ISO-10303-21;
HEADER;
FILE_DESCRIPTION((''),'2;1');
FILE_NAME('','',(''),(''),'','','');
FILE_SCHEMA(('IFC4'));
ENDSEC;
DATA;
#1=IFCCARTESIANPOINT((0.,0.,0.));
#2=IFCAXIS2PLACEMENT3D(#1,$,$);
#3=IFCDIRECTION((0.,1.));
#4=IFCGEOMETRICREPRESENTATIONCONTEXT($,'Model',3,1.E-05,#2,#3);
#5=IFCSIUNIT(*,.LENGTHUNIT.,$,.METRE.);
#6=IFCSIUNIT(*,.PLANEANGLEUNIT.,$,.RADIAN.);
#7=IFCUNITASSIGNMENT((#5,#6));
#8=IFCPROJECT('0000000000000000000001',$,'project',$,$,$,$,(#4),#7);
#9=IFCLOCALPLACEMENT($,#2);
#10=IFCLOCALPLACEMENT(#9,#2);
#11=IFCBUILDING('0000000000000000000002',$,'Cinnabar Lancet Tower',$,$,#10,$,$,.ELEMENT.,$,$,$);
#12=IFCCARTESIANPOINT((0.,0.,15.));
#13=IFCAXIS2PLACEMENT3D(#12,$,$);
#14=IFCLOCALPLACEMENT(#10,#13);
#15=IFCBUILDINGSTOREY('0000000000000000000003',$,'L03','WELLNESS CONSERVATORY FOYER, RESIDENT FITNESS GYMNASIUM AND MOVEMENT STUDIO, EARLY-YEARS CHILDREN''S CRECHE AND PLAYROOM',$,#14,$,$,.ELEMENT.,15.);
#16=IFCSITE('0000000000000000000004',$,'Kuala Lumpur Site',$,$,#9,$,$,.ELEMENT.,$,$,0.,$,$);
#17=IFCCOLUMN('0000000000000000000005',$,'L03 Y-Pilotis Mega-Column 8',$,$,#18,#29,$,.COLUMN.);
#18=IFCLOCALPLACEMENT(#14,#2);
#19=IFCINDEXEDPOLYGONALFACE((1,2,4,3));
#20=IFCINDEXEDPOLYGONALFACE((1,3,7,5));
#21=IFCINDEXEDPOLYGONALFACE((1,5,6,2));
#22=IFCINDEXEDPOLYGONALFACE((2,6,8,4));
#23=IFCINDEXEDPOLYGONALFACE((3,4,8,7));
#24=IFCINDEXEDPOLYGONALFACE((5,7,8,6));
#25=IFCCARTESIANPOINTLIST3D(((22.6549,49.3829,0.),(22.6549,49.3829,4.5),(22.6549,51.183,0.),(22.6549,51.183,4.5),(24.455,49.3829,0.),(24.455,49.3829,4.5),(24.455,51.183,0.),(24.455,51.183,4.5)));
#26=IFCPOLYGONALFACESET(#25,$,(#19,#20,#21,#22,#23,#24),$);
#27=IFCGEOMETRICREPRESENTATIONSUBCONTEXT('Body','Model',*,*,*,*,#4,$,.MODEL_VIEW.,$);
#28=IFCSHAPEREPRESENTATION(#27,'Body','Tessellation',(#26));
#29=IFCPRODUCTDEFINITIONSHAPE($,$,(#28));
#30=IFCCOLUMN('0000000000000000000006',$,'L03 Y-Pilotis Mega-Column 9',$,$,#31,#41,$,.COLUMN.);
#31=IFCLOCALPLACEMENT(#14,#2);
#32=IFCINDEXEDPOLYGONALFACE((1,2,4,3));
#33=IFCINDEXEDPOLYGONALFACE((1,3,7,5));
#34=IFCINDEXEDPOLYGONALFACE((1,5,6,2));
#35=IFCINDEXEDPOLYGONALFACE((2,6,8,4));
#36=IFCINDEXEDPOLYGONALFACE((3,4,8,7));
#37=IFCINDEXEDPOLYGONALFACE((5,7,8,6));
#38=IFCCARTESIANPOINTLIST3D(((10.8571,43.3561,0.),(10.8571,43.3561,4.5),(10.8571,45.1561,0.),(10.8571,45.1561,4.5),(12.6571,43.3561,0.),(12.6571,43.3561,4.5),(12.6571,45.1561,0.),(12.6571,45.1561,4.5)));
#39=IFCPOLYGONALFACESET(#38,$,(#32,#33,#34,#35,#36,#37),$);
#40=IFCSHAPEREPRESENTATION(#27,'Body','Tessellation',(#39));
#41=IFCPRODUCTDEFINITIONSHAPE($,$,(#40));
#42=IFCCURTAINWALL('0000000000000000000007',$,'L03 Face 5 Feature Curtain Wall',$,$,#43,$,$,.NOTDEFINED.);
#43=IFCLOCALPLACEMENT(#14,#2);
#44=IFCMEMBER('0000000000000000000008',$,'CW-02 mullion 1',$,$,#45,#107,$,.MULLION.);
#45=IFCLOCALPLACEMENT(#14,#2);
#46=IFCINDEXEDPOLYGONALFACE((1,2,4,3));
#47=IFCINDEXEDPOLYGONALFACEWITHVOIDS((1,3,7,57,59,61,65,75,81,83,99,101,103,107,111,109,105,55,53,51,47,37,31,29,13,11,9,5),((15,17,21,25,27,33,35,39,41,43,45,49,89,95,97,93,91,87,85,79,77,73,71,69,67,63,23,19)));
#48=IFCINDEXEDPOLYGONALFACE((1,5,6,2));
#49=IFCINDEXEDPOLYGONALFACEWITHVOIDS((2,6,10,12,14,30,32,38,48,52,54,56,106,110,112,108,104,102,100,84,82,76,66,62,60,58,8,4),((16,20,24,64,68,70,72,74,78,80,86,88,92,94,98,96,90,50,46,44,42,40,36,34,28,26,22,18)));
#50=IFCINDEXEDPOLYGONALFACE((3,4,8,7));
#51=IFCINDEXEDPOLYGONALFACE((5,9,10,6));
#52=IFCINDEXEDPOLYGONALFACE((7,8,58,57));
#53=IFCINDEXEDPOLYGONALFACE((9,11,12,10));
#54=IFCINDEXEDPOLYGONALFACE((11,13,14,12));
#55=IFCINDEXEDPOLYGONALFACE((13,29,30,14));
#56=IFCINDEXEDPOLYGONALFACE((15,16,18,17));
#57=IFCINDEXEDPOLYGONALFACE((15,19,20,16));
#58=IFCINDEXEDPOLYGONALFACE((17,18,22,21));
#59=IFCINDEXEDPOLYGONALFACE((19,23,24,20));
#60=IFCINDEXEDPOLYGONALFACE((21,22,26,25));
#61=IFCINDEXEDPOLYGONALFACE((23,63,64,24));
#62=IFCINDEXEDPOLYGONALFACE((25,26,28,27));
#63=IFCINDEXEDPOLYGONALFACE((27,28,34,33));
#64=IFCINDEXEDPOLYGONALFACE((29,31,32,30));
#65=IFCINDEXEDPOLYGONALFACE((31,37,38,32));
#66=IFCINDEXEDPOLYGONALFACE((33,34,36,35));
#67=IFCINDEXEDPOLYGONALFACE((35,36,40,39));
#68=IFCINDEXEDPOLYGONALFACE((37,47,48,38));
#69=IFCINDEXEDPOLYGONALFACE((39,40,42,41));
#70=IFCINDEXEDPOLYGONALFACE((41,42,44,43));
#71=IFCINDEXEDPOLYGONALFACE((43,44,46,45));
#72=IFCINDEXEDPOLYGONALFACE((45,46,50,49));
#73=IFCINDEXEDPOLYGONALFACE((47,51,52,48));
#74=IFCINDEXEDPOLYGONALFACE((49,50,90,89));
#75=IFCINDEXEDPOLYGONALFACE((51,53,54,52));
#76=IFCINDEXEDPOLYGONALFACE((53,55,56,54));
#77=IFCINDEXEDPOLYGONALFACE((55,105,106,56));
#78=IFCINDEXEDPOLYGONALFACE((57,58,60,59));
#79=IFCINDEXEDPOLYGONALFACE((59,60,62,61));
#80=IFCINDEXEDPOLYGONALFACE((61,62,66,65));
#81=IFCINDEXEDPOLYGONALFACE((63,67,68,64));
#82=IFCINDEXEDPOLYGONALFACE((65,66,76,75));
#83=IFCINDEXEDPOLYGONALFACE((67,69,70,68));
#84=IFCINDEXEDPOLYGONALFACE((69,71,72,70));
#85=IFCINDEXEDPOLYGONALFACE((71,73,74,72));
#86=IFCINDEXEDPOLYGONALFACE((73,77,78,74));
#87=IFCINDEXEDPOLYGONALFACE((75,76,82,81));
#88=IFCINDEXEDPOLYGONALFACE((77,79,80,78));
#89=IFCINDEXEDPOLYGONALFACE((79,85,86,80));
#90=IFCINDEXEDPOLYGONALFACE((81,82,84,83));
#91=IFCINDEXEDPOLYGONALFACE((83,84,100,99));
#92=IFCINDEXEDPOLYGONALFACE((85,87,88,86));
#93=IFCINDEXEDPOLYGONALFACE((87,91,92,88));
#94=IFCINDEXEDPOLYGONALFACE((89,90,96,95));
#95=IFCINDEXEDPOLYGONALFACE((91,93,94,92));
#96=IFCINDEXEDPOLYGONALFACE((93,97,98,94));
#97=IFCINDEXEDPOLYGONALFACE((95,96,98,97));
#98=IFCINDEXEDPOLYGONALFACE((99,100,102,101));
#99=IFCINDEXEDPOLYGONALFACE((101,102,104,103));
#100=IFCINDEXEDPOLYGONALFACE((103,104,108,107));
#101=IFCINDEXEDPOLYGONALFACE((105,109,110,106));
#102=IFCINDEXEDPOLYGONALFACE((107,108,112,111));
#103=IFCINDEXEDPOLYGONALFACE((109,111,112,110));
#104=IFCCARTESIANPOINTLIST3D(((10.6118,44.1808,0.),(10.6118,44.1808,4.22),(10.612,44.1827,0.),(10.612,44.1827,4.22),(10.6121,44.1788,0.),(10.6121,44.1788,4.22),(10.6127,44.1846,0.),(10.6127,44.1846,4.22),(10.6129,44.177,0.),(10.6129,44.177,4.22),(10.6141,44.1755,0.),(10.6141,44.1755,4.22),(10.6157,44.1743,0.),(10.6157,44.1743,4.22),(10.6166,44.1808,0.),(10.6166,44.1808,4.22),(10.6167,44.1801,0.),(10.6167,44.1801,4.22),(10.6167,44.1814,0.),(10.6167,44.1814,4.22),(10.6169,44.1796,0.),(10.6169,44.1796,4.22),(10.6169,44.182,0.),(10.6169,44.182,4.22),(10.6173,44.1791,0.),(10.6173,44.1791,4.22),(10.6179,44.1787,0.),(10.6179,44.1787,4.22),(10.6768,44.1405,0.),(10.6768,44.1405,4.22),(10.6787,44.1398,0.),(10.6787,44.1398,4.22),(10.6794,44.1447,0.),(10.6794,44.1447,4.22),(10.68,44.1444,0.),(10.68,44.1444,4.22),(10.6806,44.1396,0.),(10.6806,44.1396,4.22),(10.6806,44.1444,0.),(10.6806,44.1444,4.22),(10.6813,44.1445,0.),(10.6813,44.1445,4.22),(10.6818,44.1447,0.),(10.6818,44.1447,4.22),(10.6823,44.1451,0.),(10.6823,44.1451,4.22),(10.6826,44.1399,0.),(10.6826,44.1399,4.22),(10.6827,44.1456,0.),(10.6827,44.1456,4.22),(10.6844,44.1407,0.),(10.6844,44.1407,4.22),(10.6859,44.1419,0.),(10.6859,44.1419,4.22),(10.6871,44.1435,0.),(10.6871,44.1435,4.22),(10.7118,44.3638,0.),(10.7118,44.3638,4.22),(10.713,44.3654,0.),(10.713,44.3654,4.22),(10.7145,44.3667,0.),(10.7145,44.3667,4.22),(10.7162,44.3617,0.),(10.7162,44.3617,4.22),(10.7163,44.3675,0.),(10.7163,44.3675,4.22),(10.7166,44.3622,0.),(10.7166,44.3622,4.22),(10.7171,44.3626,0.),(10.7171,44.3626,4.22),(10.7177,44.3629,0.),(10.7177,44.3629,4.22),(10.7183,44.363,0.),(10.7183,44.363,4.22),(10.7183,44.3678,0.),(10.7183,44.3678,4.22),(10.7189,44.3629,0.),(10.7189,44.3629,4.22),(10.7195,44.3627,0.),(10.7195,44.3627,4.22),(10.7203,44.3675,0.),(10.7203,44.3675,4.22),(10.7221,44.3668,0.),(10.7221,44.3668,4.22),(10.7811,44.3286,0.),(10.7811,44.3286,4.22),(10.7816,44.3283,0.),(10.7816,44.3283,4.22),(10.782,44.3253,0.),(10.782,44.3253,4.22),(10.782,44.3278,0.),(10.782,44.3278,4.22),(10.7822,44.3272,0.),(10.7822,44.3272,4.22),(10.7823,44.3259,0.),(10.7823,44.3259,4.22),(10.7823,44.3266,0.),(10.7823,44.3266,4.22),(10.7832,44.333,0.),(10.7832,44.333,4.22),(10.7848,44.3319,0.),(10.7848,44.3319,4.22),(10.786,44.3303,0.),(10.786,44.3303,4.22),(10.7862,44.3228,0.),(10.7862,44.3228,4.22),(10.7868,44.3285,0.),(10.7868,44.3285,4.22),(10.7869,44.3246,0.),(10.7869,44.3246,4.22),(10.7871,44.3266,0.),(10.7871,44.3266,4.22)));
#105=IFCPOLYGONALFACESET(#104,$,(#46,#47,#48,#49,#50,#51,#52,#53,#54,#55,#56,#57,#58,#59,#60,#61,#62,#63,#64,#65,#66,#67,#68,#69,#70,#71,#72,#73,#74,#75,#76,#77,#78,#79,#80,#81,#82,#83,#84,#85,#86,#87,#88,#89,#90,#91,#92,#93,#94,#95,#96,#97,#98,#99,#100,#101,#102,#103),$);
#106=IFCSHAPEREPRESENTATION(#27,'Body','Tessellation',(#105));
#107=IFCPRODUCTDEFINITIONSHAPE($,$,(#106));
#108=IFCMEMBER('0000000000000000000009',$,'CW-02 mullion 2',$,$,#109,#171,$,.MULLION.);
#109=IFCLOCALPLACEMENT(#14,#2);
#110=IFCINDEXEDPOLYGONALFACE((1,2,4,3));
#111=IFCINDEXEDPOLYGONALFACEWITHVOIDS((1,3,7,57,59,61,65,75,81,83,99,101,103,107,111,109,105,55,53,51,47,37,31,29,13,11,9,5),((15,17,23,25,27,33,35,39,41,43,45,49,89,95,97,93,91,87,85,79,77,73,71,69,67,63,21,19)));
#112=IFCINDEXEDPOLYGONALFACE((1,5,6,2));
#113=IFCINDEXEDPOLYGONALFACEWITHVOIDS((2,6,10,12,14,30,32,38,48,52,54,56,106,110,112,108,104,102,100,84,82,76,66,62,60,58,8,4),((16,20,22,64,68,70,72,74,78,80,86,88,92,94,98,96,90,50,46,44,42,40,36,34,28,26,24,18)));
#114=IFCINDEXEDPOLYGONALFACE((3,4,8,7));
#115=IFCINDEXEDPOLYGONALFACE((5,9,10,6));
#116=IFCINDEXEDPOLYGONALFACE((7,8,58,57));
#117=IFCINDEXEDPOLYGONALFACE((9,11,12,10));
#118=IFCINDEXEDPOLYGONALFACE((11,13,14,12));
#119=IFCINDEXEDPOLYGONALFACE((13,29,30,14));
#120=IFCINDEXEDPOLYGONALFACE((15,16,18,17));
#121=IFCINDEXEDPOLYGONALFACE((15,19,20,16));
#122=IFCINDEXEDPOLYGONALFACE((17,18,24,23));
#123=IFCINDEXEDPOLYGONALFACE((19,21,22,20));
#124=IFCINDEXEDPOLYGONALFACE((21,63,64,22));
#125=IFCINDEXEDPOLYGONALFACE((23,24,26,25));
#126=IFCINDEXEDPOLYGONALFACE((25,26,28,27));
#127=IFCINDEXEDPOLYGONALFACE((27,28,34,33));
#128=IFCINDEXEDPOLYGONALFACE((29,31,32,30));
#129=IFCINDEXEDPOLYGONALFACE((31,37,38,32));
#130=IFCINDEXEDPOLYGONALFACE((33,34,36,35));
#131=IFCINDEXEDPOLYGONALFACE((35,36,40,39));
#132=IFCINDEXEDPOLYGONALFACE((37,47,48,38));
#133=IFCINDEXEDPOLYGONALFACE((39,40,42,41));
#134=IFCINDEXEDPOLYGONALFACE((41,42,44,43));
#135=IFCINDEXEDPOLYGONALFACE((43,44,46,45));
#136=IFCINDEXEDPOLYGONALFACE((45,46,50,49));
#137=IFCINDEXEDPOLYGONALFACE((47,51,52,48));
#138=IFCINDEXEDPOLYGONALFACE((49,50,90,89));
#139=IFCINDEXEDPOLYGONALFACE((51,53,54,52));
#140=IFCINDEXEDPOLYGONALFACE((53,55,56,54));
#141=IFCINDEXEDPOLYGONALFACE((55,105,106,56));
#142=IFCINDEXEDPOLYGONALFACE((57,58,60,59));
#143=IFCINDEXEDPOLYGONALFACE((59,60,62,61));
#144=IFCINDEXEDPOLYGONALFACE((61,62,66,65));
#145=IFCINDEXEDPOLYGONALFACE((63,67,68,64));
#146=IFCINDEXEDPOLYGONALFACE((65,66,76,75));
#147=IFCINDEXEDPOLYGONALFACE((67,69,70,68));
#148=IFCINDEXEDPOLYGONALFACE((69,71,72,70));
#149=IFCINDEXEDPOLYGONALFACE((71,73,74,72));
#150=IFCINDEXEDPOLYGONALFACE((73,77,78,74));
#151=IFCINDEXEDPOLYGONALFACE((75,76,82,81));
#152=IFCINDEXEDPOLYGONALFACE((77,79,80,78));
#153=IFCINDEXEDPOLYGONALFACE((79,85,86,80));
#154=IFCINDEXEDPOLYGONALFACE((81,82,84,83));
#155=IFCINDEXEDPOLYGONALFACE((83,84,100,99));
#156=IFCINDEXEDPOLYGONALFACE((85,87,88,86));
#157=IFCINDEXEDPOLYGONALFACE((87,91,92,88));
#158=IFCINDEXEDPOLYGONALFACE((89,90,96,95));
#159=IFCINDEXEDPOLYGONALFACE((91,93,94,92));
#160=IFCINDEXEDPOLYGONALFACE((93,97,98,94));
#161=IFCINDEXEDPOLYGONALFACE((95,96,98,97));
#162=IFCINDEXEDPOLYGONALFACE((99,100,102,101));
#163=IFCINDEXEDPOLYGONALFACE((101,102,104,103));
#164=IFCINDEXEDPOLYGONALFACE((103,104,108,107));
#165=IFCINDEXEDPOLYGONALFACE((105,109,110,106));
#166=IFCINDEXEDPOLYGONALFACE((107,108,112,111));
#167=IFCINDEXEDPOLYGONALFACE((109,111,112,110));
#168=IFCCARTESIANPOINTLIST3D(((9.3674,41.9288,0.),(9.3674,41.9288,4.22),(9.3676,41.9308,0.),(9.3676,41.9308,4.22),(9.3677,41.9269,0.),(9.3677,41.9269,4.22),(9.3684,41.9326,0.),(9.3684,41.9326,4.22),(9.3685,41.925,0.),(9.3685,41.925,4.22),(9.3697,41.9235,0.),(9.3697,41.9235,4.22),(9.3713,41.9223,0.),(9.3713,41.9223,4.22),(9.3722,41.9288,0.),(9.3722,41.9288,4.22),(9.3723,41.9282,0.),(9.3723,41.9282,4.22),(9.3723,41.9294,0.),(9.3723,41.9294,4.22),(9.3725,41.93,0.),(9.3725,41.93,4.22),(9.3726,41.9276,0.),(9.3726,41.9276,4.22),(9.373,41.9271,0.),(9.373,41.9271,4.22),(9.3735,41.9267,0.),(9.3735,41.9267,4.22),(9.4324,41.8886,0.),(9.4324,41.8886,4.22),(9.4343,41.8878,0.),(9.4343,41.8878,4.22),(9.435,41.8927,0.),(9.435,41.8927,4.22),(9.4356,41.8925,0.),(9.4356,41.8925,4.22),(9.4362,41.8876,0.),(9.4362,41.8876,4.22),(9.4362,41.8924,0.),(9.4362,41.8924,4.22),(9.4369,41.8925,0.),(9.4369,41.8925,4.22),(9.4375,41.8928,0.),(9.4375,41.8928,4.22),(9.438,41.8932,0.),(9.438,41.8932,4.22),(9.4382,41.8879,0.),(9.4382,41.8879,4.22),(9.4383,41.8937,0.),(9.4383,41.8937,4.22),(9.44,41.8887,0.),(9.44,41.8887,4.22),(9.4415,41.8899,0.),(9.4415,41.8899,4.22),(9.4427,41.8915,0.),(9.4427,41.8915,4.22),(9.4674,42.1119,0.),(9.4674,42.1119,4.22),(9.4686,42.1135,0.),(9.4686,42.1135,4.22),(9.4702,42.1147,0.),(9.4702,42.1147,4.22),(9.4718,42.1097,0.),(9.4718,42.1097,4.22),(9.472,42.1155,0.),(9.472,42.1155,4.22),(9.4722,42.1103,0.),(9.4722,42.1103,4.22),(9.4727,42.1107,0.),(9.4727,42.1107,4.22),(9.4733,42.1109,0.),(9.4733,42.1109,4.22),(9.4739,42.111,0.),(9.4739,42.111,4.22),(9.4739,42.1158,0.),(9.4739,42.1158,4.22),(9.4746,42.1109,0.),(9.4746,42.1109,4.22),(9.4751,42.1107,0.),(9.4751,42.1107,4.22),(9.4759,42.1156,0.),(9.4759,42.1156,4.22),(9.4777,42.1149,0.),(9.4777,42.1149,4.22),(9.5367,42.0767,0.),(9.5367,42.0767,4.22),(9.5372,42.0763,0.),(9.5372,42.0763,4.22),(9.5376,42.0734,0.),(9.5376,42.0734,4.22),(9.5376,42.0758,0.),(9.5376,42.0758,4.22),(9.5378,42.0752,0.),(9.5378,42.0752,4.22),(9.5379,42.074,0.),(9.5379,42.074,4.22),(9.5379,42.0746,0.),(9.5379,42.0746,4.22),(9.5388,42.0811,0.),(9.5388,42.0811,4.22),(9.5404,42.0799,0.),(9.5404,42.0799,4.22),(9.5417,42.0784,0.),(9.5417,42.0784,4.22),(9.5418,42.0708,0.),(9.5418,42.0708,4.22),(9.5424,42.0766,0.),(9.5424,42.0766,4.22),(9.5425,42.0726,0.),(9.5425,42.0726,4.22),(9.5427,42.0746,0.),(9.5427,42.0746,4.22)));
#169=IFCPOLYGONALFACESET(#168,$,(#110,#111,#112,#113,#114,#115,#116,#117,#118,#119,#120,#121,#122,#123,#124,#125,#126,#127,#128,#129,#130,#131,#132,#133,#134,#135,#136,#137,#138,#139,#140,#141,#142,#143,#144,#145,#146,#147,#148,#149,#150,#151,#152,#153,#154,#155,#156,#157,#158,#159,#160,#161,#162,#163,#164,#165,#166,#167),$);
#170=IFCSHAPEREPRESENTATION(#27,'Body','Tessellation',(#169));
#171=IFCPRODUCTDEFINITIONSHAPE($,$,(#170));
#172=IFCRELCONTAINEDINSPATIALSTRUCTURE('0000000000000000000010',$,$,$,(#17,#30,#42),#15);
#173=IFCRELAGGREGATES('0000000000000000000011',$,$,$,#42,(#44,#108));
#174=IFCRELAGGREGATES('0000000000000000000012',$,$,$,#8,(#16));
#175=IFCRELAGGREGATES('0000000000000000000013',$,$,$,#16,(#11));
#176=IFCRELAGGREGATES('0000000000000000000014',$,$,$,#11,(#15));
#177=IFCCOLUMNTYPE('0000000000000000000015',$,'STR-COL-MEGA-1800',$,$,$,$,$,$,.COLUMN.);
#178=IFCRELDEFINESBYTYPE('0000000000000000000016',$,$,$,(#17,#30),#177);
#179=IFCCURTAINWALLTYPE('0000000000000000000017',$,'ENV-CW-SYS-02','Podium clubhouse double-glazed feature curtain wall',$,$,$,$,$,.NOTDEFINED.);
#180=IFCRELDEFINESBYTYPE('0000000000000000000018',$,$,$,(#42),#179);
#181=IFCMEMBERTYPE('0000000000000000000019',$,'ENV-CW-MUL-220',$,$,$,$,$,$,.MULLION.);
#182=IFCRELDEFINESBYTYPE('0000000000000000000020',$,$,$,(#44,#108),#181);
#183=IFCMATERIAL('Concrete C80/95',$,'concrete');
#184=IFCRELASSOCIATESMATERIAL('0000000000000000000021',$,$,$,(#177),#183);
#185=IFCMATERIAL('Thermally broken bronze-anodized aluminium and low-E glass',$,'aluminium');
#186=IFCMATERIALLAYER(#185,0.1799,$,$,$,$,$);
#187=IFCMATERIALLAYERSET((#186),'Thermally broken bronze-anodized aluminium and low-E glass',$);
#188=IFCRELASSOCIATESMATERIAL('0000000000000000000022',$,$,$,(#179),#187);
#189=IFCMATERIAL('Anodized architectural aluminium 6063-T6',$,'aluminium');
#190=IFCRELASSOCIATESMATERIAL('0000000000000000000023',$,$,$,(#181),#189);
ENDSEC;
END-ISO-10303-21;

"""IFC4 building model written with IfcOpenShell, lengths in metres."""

from ifc_helpers import new_model, si_unit, direction, frame, origin, origin_2d, place, context, subcontext, project, spatial, rectangle, hollow_rectangle, extrude, material, layer, layer_set, material_profile, profile_set, type_object, element, aggregate, save


model = new_model("IFC4")

# Units and contexts
model_context = context("Model", 3, precision=1e-05, world=origin(), true_north=direction((0.0, 1.0)))
body_context = subcontext(model_context, "Body", "Model", "MODEL_VIEW")
ifc_project = project(units=[si_unit("LENGTHUNIT", "METRE"), si_unit("PLANEANGLEUNIT", "RADIAN")], contexts=[model_context])

# Site, building, storey
site_placement = place(None, origin())
site = spatial("IfcSite", under=ifc_project, at=site_placement, Name="Kuala Lumpur Site", CompositionType="ELEMENT", RefElevation=0.0)
building_placement = place(site_placement, origin())
building = spatial("IfcBuilding", under=site, at=building_placement, Name="Cinnabar Lancet Tower", CompositionType="ELEMENT")
storey_placement = place(building_placement, frame((0.0, 0.0, 15.0)))
storey = spatial("IfcBuildingStorey", under=building, at=storey_placement, Name="L03", Description="WELLNESS CONSERVATORY FOYER, RESIDENT FITNESS GYMNASIUM AND MOVEMENT STUDIO, EARLY-YEARS CHILDREN'S CRECHE AND PLAYROOM", CompositionType="ELEMENT", Elevation=15.0)

# Columns
ifc_material_1 = material(Name="Concrete C80/95", Category="concrete")
ifc_material_profile_1 = material_profile(ifc_material_1, rectangle(XDim=1.8, YDim=1.8, at=origin_2d()), Name="RC-MEGA 1800x1800")
ifc_profile_set_1 = profile_set([ifc_material_profile_1], Name="Concrete C80/95")
column_type = type_object("IfcColumnType", Name="STR-COL-MEGA-1800", PredefinedType="COLUMN", material=ifc_profile_set_1)
for number, where, z_axis, x_axis, name in (
    (1, (23.5549, 50.283, 0.0), (0.0, 0.0, 1.0), (1.0, 0.0, 0.0), "L03 Y-Pilotis Mega-Column 8"),
    (2, (11.7571, 44.2561, 0.0), (0.0, 0.0, 1.0), (1.0, 0.0, 0.0), "L03 Y-Pilotis Mega-Column 9"),
):
    element("IfcColumn", number, at=place(storey_placement, frame(where, z_axis=z_axis, x_axis=x_axis)), inside=storey, type_object=column_type, Name=name, PredefinedType="COLUMN", context=body_context, shape_type="SweptSolid", body=[
        extrude(rectangle(XDim=1.8, YDim=1.8, at=origin_2d()), origin(), (0.0, 0.0, 1.0), 4.5),
    ])

# Curtain wall, members
ifc_material_2 = material(Name="Thermally broken bronze-anodized aluminium and low-E glass", Category="aluminium")
ifc_layer_1 = layer(ifc_material_2, 0.1799)
ifc_layer_set_1 = layer_set([ifc_layer_1], Name="Thermally broken bronze-anodized aluminium and low-E glass")
curtain_wall_type = type_object("IfcCurtainWallType", Name="ENV-CW-SYS-02", Description="Podium clubhouse double-glazed feature curtain wall", PredefinedType="NOTDEFINED", material=ifc_layer_set_1)
curtain_wall_placement = place(storey_placement, origin())
curtain_wall = element("IfcCurtainWall", 3, at=curtain_wall_placement, inside=storey, type_object=curtain_wall_type, Name="L03 Face 5 Feature Curtain Wall", PredefinedType="NOTDEFINED")
ifc_material_3 = material(Name="Anodized architectural aluminium 6063-T6", Category="aluminium")
ifc_material_profile_2 = material_profile(ifc_material_3, hollow_rectangle(XDim=0.085, YDim=0.22, WallThickness=0.0049, InnerFilletRadius=0.0024, OuterFilletRadius=0.0076, at=origin_2d()), Name="CW-MUL 220x85x5")
ifc_profile_set_2 = profile_set([ifc_material_profile_2], Name="Anodized architectural aluminium 6063-T6")
member_type_1 = type_object("IfcMemberType", Name="ENV-CW-MUL-220", PredefinedType="MULLION", material=ifc_profile_set_2)
member_1_placement = place(storey_placement, frame((10.6995, 44.2537, 0.0), z_axis=(0.0, 0.0, 1.0), x_axis=(0.875242, -0.483685, 0.0)))
member_1 = element("IfcMember", 4, at=member_1_placement, type_object=member_type_1, Name="CW-02 mullion 1", PredefinedType="MULLION", context=body_context, shape_type="SweptSolid", body=[
    extrude(hollow_rectangle(XDim=0.085, YDim=0.22, WallThickness=0.0049, InnerFilletRadius=0.0024, OuterFilletRadius=0.0076, at=origin_2d()), origin(), (0.0, 0.0, 1.0), 4.22),
])
member_2_placement = place(storey_placement, frame((9.4551, 42.0017, 0.0), z_axis=(0.0, 0.0, 1.0), x_axis=(0.875242, -0.483685, 0.0)))
member_2 = element("IfcMember", 5, at=member_2_placement, type_object=member_type_1, Name="CW-02 mullion 2", PredefinedType="MULLION", context=body_context, shape_type="SweptSolid", body=[
    extrude(hollow_rectangle(XDim=0.085, YDim=0.22, WallThickness=0.0049, InnerFilletRadius=0.0024, OuterFilletRadius=0.0076, at=origin_2d()), origin(), (0.0, 0.0, 1.0), 4.22),
])

aggregate(curtain_wall, [member_1, member_2])

save(model, "model.ifc")
